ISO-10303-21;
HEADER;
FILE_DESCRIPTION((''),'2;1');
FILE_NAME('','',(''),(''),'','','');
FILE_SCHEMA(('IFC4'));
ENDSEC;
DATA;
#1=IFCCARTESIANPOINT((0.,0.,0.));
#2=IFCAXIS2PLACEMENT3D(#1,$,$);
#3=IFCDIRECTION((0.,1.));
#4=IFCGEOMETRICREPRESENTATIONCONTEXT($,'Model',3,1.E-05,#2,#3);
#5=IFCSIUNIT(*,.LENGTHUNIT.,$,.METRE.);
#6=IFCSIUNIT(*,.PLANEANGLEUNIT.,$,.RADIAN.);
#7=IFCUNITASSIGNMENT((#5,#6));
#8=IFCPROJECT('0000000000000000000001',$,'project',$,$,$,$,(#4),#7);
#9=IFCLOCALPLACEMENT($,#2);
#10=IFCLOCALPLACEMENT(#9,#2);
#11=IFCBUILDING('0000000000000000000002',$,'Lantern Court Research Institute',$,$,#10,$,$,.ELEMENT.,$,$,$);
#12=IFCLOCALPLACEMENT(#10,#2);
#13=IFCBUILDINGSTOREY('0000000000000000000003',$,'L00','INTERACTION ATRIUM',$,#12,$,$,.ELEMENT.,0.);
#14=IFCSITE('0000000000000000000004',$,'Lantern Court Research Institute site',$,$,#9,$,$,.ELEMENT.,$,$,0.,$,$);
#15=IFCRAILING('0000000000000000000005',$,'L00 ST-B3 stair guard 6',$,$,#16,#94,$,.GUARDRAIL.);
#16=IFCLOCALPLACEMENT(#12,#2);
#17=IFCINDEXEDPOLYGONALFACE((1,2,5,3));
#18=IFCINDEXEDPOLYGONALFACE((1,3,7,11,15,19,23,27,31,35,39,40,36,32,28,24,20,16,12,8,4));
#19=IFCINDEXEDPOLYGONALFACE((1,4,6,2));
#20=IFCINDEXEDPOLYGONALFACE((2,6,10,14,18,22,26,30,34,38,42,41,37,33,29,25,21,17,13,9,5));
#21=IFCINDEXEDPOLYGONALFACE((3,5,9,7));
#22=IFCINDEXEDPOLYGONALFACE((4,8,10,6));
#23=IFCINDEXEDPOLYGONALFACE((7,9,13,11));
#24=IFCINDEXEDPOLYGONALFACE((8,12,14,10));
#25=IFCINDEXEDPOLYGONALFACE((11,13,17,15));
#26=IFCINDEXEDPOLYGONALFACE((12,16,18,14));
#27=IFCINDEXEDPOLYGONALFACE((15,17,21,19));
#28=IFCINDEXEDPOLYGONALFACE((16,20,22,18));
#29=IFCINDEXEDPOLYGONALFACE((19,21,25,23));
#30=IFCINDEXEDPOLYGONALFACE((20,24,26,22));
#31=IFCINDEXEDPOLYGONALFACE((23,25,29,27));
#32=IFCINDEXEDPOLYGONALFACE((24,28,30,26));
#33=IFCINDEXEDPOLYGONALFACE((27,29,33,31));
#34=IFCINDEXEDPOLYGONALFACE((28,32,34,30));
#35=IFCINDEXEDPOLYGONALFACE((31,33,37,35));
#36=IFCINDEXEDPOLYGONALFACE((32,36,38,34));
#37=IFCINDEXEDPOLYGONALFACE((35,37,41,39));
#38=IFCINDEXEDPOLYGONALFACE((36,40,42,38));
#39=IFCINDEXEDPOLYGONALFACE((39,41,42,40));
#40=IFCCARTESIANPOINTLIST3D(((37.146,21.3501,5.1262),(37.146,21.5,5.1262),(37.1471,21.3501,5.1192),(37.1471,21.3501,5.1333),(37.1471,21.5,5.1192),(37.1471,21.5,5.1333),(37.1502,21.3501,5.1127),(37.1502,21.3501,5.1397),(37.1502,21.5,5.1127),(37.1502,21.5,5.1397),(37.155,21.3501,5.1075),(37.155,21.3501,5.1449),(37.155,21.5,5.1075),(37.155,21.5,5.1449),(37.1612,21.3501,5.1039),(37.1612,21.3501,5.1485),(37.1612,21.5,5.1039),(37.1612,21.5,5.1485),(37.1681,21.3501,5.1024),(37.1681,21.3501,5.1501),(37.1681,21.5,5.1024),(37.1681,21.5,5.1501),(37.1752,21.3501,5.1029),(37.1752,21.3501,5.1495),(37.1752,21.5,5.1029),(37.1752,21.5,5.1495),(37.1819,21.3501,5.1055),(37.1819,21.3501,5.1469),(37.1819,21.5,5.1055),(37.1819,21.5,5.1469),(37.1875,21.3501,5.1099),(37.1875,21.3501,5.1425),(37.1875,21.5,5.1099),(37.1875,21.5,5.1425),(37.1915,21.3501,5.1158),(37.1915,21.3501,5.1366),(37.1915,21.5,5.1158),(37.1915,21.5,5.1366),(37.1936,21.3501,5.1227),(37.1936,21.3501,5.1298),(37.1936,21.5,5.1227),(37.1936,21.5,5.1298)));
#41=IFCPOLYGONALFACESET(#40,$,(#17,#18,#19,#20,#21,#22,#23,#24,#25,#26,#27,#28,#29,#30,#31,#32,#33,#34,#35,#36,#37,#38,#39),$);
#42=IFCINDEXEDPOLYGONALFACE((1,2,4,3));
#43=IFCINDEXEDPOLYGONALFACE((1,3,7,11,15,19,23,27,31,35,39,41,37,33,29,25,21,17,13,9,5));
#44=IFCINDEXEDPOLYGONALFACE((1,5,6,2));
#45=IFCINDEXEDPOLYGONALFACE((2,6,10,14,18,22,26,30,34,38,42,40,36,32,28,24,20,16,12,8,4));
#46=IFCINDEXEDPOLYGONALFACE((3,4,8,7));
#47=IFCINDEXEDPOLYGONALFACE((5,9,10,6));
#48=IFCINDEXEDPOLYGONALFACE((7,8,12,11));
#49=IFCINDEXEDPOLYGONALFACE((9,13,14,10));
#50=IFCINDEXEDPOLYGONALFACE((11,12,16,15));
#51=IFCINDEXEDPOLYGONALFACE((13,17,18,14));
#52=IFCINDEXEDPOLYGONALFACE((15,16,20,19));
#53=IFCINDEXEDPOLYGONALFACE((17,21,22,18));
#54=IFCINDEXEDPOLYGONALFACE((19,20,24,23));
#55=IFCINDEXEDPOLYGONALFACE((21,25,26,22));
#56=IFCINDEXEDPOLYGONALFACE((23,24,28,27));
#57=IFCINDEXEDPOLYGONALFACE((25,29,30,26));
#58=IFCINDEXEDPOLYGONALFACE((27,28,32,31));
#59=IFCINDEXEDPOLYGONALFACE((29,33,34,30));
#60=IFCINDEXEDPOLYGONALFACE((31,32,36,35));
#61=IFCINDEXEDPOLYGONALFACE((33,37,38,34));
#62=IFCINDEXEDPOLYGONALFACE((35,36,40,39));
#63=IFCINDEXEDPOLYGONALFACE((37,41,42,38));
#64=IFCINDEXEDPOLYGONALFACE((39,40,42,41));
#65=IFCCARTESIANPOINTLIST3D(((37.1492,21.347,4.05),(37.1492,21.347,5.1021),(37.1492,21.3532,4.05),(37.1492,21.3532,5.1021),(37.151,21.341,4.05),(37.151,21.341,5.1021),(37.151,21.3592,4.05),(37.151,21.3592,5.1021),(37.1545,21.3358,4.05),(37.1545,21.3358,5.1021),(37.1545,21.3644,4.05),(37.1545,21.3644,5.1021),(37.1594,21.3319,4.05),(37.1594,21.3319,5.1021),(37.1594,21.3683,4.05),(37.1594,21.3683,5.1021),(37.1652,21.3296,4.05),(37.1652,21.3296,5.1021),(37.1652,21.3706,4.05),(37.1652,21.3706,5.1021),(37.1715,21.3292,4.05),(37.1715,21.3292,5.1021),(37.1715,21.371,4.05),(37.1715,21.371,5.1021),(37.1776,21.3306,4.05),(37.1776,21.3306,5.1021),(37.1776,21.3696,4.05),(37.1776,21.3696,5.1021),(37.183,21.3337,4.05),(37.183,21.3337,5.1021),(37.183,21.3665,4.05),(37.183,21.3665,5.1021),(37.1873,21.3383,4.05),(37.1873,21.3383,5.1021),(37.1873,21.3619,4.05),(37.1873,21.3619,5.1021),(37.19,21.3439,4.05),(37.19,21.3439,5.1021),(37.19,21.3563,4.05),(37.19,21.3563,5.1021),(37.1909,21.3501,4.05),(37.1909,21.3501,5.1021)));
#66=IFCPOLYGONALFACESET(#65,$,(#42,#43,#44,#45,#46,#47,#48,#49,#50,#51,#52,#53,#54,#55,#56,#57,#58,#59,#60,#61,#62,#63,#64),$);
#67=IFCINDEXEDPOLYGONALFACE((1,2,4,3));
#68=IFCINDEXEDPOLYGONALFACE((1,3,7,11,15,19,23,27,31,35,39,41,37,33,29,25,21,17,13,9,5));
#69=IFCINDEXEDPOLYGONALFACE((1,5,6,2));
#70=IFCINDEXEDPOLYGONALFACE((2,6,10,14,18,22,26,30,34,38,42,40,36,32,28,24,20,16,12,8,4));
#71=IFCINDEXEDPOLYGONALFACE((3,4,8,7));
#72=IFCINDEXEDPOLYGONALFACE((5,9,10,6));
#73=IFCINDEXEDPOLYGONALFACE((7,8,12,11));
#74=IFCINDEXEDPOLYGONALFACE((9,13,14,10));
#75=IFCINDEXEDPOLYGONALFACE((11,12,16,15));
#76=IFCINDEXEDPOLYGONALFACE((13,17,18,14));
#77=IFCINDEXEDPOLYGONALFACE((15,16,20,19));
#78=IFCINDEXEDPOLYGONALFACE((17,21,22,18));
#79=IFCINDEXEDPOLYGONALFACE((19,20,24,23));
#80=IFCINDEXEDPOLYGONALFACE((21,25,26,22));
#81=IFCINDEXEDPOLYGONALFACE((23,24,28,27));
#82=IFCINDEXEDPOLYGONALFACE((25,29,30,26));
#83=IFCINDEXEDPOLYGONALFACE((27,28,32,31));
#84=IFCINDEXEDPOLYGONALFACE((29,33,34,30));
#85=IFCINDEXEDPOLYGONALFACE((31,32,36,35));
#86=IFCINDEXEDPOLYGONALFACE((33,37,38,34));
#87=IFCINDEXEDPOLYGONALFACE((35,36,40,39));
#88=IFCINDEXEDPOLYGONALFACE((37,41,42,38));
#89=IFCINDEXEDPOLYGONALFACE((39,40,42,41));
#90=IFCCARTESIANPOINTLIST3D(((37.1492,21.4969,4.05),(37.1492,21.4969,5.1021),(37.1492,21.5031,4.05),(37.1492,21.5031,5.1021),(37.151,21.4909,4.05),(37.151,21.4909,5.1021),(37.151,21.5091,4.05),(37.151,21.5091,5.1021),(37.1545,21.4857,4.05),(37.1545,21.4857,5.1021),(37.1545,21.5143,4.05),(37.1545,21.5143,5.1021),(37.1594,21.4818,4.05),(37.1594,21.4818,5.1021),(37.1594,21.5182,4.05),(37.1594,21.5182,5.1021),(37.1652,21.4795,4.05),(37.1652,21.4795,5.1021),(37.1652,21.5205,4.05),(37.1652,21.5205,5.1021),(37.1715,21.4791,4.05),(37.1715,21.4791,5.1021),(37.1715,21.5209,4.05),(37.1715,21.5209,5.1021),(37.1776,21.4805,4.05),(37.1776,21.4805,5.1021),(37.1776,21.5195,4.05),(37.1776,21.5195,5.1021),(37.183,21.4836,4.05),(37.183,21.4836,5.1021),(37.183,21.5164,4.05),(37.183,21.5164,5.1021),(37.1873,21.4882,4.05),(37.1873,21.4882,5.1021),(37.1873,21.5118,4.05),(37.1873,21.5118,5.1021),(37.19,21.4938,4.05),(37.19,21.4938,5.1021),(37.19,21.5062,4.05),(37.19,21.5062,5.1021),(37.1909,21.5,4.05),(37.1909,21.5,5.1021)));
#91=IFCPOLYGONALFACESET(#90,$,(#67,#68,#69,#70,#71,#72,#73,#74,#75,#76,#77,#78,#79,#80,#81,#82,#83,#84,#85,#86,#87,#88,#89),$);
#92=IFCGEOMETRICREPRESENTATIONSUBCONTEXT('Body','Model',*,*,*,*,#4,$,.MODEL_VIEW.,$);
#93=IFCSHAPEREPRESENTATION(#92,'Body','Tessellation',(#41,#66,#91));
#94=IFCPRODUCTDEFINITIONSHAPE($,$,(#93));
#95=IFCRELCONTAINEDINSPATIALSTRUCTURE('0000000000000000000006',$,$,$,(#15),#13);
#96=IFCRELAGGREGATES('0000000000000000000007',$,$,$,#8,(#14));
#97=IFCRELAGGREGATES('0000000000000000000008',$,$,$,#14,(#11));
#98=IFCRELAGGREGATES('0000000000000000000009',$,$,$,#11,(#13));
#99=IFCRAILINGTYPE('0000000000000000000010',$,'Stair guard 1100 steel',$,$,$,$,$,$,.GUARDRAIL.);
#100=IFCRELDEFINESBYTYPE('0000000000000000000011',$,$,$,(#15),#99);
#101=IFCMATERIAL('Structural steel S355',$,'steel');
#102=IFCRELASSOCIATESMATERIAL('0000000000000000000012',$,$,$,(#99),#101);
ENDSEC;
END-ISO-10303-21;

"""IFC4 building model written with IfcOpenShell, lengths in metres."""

from ifc_helpers import new_model, si_unit, direction, frame, origin, origin_2d, place, context, subcontext, project, spatial, circle, extrude, material, type_object, element, save


model = new_model("IFC4")

# Units and contexts
model_context = context("Model", 3, precision=1e-05, world=origin(), true_north=direction((0.0, 1.0)))
body_context = subcontext(model_context, "Body", "Model", "MODEL_VIEW")
ifc_project = project(units=[si_unit("LENGTHUNIT", "METRE"), si_unit("PLANEANGLEUNIT", "RADIAN")], contexts=[model_context])

# Site, building, storey
site_placement = place(None, origin())
site = spatial("IfcSite", under=ifc_project, at=site_placement, Name="Lantern Court Research Institute site", CompositionType="ELEMENT", RefElevation=0.0)
building_placement = place(site_placement, origin())
building = spatial("IfcBuilding", under=site, at=building_placement, Name="Lantern Court Research Institute", CompositionType="ELEMENT")
storey_placement = place(building_placement, origin())
storey = spatial("IfcBuildingStorey", under=building, at=storey_placement, Name="L00", Description="INTERACTION ATRIUM", CompositionType="ELEMENT", Elevation=0.0)

# Railing
ifc_material_1 = material(Name="Structural steel S355", Category="steel")
railing_type_1 = type_object("IfcRailingType", Name="Stair guard 1100 steel", PredefinedType="GUARDRAIL", material=ifc_material_1)
railing_1_placement = place(storey_placement, frame((37.1699, 21.3501, 4.05)))
element("IfcRailing", 1, at=railing_1_placement, inside=storey, type_object=railing_type_1, Name="L00 ST-B3 stair guard 6", PredefinedType="GUARDRAIL", context=body_context, shape_type="SweptSolid", body=[
    extrude(circle(Radius=0.0239, at=origin_2d()), frame((0.0, 0.0, 1.0762), z_axis=(0.0, 1.0, 0.0), x_axis=(-1.0, 0.0, 0.0)), (0.0, 0.0, 1.0), 0.1499),
    extrude(circle(Radius=0.021, at=origin_2d()), origin(), (0.0, 0.0, 1.0), 1.052),
    extrude(circle(Radius=0.021, at=origin_2d()), frame((0.0, 0.1499, 0.0)), (0.0, 0.0, 1.0), 1.052),
])

save(model, "model.ifc")
